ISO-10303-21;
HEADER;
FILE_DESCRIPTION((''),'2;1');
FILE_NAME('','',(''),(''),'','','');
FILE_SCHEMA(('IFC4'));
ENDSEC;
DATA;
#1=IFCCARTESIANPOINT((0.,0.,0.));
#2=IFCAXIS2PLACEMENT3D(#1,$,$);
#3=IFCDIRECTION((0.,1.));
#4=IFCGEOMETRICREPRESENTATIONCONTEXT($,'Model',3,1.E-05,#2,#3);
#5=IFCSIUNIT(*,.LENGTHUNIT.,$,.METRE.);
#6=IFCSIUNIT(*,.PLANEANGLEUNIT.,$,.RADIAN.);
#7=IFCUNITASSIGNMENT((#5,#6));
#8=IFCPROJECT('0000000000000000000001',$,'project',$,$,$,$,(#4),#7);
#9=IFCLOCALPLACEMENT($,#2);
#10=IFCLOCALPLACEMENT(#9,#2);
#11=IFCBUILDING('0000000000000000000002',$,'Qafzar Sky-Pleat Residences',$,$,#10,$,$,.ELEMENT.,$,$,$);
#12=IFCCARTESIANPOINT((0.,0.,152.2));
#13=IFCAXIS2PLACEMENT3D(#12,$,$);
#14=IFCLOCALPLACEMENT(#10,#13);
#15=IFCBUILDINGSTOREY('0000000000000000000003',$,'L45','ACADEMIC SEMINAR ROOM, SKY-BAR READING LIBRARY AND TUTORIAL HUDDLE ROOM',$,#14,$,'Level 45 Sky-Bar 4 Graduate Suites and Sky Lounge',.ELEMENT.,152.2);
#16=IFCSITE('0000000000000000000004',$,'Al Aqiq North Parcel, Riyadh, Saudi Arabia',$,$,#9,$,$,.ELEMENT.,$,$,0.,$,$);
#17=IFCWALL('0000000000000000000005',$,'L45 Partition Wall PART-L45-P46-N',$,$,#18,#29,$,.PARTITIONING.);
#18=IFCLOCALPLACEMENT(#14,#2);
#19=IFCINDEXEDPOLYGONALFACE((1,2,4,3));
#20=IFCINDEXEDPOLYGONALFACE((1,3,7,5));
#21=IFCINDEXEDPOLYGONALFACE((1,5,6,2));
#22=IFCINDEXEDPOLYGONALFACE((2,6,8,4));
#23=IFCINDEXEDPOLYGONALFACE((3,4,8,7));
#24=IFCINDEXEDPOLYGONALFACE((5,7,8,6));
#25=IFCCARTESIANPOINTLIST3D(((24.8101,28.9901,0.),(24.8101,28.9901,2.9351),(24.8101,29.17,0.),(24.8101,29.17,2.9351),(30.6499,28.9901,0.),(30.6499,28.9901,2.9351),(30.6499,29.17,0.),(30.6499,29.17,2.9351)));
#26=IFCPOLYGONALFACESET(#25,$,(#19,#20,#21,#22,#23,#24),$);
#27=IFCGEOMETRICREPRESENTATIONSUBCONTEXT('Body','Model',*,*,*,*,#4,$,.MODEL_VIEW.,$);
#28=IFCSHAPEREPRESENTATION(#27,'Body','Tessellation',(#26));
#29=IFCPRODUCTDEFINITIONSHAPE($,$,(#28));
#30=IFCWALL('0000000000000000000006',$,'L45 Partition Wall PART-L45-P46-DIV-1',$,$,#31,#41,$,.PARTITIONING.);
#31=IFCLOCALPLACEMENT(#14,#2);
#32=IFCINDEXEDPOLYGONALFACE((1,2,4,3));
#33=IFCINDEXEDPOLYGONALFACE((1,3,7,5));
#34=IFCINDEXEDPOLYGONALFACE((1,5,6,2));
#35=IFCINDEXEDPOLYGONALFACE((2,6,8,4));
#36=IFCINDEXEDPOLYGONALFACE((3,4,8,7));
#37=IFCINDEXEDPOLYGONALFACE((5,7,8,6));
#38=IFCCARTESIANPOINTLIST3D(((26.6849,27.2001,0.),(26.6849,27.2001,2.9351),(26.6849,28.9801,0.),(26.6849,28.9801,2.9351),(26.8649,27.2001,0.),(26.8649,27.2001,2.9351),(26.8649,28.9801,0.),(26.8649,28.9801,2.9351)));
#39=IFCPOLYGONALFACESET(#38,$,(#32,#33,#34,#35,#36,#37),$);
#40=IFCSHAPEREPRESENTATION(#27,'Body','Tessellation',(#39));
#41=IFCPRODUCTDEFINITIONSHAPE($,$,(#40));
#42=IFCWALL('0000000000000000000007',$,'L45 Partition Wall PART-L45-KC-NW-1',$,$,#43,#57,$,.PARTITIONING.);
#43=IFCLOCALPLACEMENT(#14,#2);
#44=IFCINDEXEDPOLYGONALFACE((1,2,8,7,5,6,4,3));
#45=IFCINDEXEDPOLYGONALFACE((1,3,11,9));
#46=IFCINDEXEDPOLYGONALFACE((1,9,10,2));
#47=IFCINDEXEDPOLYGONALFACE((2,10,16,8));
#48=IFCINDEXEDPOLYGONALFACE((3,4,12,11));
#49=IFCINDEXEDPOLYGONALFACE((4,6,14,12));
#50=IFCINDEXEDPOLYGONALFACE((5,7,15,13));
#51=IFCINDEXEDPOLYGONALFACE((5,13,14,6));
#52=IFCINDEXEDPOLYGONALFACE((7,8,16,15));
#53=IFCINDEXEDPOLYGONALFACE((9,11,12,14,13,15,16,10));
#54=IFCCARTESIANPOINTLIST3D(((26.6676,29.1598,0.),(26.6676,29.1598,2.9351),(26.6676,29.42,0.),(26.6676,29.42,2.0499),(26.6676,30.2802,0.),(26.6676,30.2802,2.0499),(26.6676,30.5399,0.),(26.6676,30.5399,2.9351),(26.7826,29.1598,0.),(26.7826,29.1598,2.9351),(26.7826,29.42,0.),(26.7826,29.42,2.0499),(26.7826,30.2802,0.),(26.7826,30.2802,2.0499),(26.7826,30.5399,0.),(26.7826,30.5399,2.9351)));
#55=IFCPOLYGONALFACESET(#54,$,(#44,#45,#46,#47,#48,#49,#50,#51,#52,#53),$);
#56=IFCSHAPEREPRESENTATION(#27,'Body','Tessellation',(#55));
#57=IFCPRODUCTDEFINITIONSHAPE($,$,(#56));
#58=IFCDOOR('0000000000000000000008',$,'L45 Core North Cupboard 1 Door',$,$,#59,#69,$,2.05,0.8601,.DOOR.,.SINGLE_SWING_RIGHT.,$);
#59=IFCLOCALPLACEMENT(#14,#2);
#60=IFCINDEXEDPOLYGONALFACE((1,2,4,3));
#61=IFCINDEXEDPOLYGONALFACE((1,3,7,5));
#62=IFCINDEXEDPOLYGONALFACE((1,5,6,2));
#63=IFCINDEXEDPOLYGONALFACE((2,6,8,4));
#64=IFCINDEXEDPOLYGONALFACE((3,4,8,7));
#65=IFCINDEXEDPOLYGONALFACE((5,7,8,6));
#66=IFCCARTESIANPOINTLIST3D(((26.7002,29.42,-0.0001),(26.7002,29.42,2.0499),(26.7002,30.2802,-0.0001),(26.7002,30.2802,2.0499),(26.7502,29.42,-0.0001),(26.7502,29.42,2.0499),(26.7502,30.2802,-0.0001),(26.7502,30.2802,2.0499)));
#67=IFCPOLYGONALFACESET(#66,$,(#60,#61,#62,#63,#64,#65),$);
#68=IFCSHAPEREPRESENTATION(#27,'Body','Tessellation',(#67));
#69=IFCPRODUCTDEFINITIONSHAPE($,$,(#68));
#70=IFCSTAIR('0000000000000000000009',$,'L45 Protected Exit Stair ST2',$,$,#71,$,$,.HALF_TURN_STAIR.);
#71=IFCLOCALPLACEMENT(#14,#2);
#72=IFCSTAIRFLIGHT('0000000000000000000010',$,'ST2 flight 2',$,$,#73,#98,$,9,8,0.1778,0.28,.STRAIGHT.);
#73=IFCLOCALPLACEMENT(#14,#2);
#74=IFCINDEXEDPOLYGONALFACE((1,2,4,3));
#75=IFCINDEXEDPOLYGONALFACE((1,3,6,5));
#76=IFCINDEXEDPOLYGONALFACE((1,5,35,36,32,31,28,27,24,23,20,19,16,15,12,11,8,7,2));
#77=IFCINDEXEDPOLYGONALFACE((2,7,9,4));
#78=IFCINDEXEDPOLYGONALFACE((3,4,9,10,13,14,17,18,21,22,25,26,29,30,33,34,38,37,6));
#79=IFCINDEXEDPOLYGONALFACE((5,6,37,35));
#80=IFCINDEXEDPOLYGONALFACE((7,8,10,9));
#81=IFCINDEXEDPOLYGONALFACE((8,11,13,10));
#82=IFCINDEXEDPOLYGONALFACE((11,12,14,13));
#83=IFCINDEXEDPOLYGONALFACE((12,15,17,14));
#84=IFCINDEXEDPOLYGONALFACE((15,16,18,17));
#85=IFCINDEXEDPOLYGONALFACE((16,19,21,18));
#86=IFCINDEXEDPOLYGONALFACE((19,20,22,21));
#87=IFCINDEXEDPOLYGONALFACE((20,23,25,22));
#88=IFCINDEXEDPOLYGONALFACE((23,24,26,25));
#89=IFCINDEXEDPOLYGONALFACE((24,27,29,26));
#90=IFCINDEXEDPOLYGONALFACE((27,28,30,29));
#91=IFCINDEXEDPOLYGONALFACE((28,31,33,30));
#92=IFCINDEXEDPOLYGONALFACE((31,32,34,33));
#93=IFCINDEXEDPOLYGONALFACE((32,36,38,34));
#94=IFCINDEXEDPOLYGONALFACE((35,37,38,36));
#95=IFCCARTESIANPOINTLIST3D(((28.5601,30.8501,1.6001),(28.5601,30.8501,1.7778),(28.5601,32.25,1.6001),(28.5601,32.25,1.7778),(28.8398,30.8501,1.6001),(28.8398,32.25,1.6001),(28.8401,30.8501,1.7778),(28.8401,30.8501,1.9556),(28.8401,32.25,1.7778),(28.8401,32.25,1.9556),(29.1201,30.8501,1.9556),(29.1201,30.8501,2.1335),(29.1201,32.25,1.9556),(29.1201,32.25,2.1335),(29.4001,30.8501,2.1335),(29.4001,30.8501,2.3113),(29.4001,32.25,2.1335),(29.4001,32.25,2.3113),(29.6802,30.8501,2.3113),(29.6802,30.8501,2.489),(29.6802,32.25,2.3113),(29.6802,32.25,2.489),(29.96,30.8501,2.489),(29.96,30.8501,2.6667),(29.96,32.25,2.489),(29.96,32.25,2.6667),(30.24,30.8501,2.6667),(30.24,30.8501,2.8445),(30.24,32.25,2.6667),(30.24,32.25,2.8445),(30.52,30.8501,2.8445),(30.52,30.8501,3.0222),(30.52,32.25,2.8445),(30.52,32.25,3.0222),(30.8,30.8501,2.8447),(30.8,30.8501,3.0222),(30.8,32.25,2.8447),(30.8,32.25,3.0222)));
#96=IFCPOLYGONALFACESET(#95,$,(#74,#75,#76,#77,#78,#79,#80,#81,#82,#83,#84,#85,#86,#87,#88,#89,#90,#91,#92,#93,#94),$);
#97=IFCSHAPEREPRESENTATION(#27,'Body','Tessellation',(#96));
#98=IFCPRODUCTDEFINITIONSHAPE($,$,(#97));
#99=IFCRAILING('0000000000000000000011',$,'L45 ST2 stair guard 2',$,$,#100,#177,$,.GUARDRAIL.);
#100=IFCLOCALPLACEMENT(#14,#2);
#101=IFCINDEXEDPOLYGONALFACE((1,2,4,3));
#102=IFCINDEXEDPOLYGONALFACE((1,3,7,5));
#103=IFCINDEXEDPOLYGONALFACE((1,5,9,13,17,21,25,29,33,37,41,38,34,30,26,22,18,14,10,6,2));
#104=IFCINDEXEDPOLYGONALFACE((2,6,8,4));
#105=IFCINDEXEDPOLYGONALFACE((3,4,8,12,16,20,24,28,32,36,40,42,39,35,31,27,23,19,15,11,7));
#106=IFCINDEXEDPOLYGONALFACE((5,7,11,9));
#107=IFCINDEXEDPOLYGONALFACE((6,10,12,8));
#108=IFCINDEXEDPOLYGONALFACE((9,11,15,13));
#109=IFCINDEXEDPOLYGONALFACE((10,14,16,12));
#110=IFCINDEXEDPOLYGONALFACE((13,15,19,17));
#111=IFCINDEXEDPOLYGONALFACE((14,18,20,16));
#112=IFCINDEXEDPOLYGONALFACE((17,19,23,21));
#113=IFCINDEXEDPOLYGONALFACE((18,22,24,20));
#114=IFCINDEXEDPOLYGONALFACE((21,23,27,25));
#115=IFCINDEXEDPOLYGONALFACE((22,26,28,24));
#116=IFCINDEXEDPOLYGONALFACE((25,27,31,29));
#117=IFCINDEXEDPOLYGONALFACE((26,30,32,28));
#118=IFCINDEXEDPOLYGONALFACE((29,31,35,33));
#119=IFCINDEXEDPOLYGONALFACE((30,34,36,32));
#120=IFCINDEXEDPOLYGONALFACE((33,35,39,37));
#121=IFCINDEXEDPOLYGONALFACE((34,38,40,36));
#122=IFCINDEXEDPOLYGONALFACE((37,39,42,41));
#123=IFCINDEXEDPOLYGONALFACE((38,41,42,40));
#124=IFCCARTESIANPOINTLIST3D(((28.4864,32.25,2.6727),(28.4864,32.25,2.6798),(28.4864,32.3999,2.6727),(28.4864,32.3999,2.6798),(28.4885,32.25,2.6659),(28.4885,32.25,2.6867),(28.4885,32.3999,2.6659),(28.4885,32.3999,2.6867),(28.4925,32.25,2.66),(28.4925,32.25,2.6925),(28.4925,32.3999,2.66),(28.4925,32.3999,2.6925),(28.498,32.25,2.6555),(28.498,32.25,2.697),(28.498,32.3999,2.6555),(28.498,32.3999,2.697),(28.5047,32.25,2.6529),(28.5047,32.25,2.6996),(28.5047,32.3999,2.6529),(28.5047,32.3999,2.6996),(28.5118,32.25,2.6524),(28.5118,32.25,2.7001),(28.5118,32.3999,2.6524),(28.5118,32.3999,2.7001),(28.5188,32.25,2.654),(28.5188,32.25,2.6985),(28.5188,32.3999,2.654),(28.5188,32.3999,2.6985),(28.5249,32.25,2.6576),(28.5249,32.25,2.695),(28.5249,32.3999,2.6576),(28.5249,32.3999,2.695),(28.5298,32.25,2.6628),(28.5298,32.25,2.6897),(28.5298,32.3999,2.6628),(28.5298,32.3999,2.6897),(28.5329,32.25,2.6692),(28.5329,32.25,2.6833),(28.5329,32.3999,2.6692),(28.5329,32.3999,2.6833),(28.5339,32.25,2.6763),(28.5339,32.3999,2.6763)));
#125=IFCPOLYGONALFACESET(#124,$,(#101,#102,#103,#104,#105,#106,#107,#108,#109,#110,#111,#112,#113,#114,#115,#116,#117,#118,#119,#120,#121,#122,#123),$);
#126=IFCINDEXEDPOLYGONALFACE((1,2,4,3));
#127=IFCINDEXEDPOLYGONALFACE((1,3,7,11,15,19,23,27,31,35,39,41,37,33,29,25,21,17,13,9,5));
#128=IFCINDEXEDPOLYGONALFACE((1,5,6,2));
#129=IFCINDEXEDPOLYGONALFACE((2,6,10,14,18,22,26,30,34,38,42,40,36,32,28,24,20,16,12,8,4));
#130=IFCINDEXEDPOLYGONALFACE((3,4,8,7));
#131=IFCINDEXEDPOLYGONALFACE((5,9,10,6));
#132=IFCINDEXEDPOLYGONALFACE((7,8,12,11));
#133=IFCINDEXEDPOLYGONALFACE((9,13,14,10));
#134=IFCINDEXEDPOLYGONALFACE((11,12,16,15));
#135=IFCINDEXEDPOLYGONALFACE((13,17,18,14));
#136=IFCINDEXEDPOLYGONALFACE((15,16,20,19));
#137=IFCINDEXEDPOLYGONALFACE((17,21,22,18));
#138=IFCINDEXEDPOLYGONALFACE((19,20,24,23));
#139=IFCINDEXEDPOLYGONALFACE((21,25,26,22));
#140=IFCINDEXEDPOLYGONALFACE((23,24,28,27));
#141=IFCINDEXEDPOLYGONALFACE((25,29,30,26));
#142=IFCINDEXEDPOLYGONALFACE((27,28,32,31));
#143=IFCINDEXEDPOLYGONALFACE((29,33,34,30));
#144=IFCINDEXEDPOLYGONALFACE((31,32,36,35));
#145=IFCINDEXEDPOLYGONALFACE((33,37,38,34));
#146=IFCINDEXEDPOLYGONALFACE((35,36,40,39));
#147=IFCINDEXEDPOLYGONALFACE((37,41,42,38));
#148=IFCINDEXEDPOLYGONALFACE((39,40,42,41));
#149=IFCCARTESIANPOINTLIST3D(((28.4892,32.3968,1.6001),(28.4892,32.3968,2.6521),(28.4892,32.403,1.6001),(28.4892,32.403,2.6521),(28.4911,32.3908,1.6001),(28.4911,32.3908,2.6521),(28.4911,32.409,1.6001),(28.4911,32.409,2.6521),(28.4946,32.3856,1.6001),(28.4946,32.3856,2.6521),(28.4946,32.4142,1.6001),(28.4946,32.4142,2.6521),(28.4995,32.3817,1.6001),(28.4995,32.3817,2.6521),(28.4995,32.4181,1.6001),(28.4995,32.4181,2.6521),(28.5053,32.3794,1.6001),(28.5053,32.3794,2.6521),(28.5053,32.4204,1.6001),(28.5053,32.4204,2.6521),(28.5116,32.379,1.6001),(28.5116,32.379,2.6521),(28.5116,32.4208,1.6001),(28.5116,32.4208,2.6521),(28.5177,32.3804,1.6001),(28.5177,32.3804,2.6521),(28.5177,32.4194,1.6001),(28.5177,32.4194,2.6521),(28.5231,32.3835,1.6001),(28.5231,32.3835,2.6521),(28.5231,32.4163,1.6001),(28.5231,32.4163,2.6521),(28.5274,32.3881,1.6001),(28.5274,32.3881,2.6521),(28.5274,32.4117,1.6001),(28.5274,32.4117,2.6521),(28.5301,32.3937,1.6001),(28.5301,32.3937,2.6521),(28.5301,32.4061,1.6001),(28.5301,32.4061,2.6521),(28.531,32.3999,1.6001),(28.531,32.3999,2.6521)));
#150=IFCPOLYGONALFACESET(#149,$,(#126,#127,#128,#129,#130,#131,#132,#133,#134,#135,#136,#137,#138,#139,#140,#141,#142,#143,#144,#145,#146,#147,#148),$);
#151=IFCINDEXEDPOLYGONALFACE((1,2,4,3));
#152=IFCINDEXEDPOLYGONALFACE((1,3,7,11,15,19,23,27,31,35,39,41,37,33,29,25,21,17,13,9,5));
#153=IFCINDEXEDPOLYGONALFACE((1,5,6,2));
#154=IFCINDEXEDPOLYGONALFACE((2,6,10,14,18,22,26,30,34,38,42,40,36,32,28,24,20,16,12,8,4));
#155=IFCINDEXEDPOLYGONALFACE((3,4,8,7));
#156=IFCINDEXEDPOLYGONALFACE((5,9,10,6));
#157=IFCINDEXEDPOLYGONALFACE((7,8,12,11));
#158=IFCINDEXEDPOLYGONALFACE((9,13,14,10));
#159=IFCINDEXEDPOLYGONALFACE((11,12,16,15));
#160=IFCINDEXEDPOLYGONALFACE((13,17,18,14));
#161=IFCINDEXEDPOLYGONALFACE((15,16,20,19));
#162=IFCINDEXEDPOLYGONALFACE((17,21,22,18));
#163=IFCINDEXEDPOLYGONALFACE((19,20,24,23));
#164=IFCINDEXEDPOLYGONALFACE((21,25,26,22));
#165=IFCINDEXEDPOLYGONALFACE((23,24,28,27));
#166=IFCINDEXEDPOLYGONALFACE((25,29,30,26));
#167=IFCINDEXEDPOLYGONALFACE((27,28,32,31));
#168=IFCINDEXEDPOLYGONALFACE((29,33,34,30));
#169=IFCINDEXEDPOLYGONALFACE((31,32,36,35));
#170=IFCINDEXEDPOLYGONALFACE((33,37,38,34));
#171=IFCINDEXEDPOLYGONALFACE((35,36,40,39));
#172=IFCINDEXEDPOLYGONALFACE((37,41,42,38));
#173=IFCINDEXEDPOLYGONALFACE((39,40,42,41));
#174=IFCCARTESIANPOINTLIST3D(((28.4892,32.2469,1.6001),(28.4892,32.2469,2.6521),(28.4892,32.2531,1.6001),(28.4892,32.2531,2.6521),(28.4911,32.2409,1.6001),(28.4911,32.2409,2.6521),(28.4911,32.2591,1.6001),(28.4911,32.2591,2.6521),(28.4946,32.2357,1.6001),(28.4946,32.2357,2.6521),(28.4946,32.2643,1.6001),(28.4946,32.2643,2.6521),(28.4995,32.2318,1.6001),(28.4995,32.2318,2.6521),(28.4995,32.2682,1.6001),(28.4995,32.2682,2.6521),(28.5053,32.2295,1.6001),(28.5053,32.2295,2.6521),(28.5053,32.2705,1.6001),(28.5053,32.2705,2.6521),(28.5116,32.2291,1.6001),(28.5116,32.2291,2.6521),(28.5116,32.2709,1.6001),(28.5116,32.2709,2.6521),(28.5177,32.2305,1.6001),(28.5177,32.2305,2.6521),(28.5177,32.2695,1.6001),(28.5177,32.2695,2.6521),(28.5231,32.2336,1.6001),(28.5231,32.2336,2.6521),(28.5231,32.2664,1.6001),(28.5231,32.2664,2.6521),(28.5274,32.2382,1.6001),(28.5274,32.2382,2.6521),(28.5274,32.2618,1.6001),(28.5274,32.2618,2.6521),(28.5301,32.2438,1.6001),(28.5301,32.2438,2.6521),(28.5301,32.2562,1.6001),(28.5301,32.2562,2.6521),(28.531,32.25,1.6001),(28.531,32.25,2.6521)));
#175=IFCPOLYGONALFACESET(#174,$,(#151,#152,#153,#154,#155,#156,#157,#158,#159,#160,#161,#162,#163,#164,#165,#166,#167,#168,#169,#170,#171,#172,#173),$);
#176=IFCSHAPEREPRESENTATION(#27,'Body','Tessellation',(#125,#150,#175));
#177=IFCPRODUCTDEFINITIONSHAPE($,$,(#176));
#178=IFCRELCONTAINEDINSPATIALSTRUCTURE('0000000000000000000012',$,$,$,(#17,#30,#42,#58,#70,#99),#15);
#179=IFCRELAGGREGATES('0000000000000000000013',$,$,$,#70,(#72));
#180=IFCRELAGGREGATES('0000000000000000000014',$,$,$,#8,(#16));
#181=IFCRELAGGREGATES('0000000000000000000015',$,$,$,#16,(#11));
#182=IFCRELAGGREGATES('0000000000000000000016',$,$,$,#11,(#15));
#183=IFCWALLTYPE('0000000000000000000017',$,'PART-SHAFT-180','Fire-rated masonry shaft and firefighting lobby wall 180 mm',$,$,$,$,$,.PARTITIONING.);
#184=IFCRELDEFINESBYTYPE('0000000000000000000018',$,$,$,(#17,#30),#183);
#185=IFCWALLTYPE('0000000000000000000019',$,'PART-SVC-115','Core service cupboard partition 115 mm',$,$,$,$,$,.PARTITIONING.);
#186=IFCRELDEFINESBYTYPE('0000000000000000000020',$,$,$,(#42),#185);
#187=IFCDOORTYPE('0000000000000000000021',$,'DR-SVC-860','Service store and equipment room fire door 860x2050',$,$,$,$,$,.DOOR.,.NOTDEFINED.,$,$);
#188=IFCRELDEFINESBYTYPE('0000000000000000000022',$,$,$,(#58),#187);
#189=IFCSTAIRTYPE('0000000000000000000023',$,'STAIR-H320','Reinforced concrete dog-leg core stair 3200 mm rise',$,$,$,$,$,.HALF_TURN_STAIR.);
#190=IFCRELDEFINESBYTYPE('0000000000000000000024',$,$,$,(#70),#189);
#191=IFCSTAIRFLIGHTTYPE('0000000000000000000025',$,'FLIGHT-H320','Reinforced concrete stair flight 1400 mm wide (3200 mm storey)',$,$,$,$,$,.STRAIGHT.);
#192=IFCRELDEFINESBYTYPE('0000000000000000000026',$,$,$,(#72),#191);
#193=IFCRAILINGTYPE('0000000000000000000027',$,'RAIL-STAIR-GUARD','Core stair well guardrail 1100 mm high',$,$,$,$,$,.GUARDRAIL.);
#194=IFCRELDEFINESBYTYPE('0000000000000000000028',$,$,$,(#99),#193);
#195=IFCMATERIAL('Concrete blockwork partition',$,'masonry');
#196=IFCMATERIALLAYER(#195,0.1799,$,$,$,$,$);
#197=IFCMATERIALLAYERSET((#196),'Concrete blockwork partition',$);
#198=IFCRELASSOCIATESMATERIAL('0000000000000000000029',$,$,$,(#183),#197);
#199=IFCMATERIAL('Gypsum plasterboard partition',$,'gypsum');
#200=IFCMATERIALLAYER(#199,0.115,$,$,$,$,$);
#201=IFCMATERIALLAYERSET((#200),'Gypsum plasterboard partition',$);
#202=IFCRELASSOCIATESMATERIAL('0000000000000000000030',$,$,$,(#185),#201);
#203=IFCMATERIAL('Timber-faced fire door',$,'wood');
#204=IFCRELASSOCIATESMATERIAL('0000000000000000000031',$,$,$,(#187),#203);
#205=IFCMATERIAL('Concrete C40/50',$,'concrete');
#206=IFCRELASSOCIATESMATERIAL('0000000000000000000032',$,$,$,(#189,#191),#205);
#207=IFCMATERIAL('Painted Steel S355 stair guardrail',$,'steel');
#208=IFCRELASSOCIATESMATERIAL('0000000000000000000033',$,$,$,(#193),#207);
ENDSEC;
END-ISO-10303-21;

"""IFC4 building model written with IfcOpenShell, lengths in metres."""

from ifc_helpers import new_model, si_unit, direction, frame, frame_2d, origin, origin_2d, place, context, subcontext, project, spatial, polyline, rectangle, circle, outline, extrude, source, transform, mapped, material, layer, layer_set, type_object, element, fill, aggregate, save


model = new_model("IFC4")

# Units and contexts
model_context = context("Model", 3, precision=1e-05, world=origin(), true_north=direction((0.0, 1.0)))
body_context = subcontext(model_context, "Body", "Model", "MODEL_VIEW")
ifc_project = project(units=[si_unit("LENGTHUNIT", "METRE"), si_unit("PLANEANGLEUNIT", "RADIAN")], contexts=[model_context])

# Site, building, storey
site_placement = place(None, origin())
site = spatial("IfcSite", under=ifc_project, at=site_placement, Name="Al Aqiq North Parcel, Riyadh, Saudi Arabia", CompositionType="ELEMENT", RefElevation=0.0)
building_placement = place(site_placement, origin())
building = spatial("IfcBuilding", under=site, at=building_placement, Name="Qafzar Sky-Pleat Residences", CompositionType="ELEMENT")
storey_placement = place(building_placement, frame((0.0, 0.0, 152.2)))
storey = spatial("IfcBuildingStorey", under=building, at=storey_placement, Name="L45", Description="ACADEMIC SEMINAR ROOM, SKY-BAR READING LIBRARY AND TUTORIAL HUDDLE ROOM", LongName="Level 45 Sky-Bar 4 Graduate Suites and Sky Lounge", CompositionType="ELEMENT", Elevation=152.2)

# Wall
ifc_material_1 = material(Name="Concrete blockwork partition", Category="masonry")
ifc_layer_1 = layer(ifc_material_1, 0.1799)
ifc_layer_set_1 = layer_set([ifc_layer_1], Name="Concrete blockwork partition")
wall_type_1 = type_object("IfcWallType", Name="PART-SHAFT-180", Description="Fire-rated masonry shaft and firefighting lobby wall 180 mm", PredefinedType="PARTITIONING", material=ifc_layer_set_1)
wall_1_placement = place(storey_placement, frame((24.8101, 29.0801, 0.0), z_axis=(0.0, 0.0, 1.0), x_axis=(1.0, 0.0, 0.0)))
element("IfcWall", 1, at=wall_1_placement, inside=storey, type_object=wall_type_1, Name="L45 Partition Wall PART-L45-P46-N", PredefinedType="PARTITIONING", context=body_context, shape_type="SweptSolid", body=[
    extrude(rectangle(XDim=5.8398, YDim=0.1799, at=frame_2d((2.9199, 0.0))), origin(), (0.0, 0.0, 1.0), 2.9351),
])

# Wall
wall_2_placement = place(storey_placement, frame((26.7749, 27.2, 0.0), z_axis=(0.0, 0.0, 1.0), x_axis=(0.0, 1.0, 0.0)))
element("IfcWall", 2, at=wall_2_placement, inside=storey, type_object=wall_type_1, Name="L45 Partition Wall PART-L45-P46-DIV-1", PredefinedType="PARTITIONING", context=body_context, shape_type="SweptSolid", body=[
    extrude(rectangle(XDim=1.78, YDim=0.1799, at=frame_2d((0.8901, 0.0))), origin(), (0.0, 0.0, 1.0), 2.9351),
])

# Wall, opening, door
ifc_material_2 = material(Name="Gypsum plasterboard partition", Category="gypsum")
ifc_layer_2 = layer(ifc_material_2, 0.115)
ifc_layer_set_2 = layer_set([ifc_layer_2], Name="Gypsum plasterboard partition")
wall_type_2 = type_object("IfcWallType", Name="PART-SVC-115", Description="Core service cupboard partition 115 mm", PredefinedType="PARTITIONING", material=ifc_layer_set_2)
wall_3_placement = place(storey_placement, frame((26.7251, 29.1599, 0.0), z_axis=(0.0, 0.0, 1.0), x_axis=(0.0, 1.0, 0.0)))
wall_3 = element("IfcWall", 3, at=wall_3_placement, inside=storey, type_object=wall_type_2, Name="L45 Partition Wall PART-L45-KC-NW-1", PredefinedType="PARTITIONING", context=body_context, shape_type="SweptSolid", body=[
    extrude(rectangle(XDim=1.3801, YDim=0.115, at=frame_2d((0.6899, 0.0))), origin(), (0.0, 0.0, 1.0), 2.9351),
])
opening_1_placement = place(wall_3_placement, frame((0.26, 0.0, 0.0)))
opening_1 = element("IfcOpeningElement", 4, at=opening_1_placement, cuts=wall_3, PredefinedType="OPENING", context=body_context, shape_type="SweptSolid", body=[
    extrude(rectangle(XDim=0.8601, YDim=2.05, at=frame_2d((0.4302, 1.0249))), frame((0.0, 0.0674, 0.0), z_axis=(0.0, -1.0, 0.0), x_axis=(1.0, 0.0, 0.0)), (0.0, 0.0, 1.0), 0.135),
])
ifc_material_3 = material(Name="Timber-faced fire door", Category="wood")
door_type_1 = type_object("IfcDoorType", Name="DR-SVC-860", Description="Service store and equipment room fire door 860x2050", OperationType="NOTDEFINED", PredefinedType="DOOR", material=ifc_material_3)
shared_shape_1 = source(origin(), body_context, "Body", "SweptSolid", [
    extrude(rectangle(XDim=0.8601, YDim=2.05, at=frame_2d((0.4302, 1.0249))), frame((0.0, 0.0249, 0.0), z_axis=(0.0, -1.0, 0.0), x_axis=(1.0, 0.0, 0.0)), (0.0, 0.0, 1.0), 0.05),
])
door_1_placement = place(opening_1_placement, origin())
door_1 = element("IfcDoor", 5, at=door_1_placement, inside=storey, type_object=door_type_1, Name="L45 Core North Cupboard 1 Door", OperationType="SINGLE_SWING_RIGHT", OverallHeight=2.05, OverallWidth=0.8601, PredefinedType="DOOR", context=body_context, shape_type="MappedRepresentation", body=[
    mapped(shared_shape_1, transform((0.0, 0.0, 0.0), x_axis=(1.0, 0.0, 0.0), y_axis=(0.0, 1.0, 0.0), z_axis=(0.0, 0.0, 1.0), scale=1.0)),
])
fill(opening_1, door_1)

# Stair, stair flight
ifc_material_4 = material(Name="Concrete C40/50", Category="concrete")
stair_type = type_object("IfcStairType", Name="STAIR-H320", Description="Reinforced concrete dog-leg core stair 3200 mm rise", PredefinedType="HALF_TURN_STAIR", material=ifc_material_4)
stair_placement = place(storey_placement, origin())
stair = element("IfcStair", 6, at=stair_placement, inside=storey, type_object=stair_type, Name="L45 Protected Exit Stair ST2", PredefinedType="HALF_TURN_STAIR")
stair_flight_type = type_object("IfcStairFlightType", Name="FLIGHT-H320", Description="Reinforced concrete stair flight 1400 mm wide (3200 mm storey)", PredefinedType="STRAIGHT", material=ifc_material_4)
shared_shape_2 = source(origin(), body_context, "Body", "SweptSolid", [
    extrude(outline(polyline([(0.0, 0.0), (0.0, 0.1777), (0.28, 0.1777), (0.28, 0.3555), (0.5601, 0.3555), (0.5601, 0.5334), (0.8401, 0.5334), (0.8401, 0.7112), (1.1201, 0.7112), (1.1201, 0.8889), (1.3999, 0.8889), (1.3999, 1.0667), (1.6799, 1.0667), (1.6799, 1.2444), (1.96, 1.2444), (1.96, 1.4221), (2.24, 1.4221), (2.24, 1.6001), (2.24, 1.2446), (0.2798, 0.0), (0.0, 0.0)])), frame((0.0, 0.7, 0.0), z_axis=(0.0, -1.0, 0.0), x_axis=(1.0, 0.0, 0.0)), (0.0, 0.0, 1.0), 1.3999),
])
stair_flight_placement = place(storey_placement, frame((28.5601, 31.55, 1.6001), z_axis=(0.0, 0.0, 1.0), x_axis=(1.0, 0.0, 0.0)))
stair_flight = element("IfcStairFlight", 7, at=stair_flight_placement, type_object=stair_flight_type, Name="ST2 flight 2", NumberOfRisers=9, NumberOfTreads=8, PredefinedType="STRAIGHT", RiserHeight=0.1778, TreadLength=0.28, context=body_context, shape_type="MappedRepresentation", body=[
    mapped(shared_shape_2, transform((0.0, 0.0, 0.0), x_axis=(1.0, 0.0, 0.0), y_axis=(0.0, 1.0, 0.0), z_axis=(0.0, 0.0, 1.0), scale=1.0)),
])
aggregate(stair, [stair_flight])

# Railing
ifc_material_5 = material(Name="Painted Steel S355 stair guardrail", Category="steel")
railing_type_1 = type_object("IfcRailingType", Name="RAIL-STAIR-GUARD", Description="Core stair well guardrail 1100 mm high", PredefinedType="GUARDRAIL", material=ifc_material_5)
shared_shape_3 = source(origin(), body_context, "Body", "SweptSolid", [
    extrude(circle(Radius=0.0239, at=origin_2d()), frame((0.0, 0.0, 1.0762), z_axis=(0.0, -1.0, 0.0), x_axis=(1.0, 0.0, 0.0)), (0.0, 0.0, 1.0), 0.1499),
    extrude(circle(Radius=0.021, at=origin_2d()), origin(), (0.0, 0.0, 1.0), 1.052),
    extrude(circle(Radius=0.021, at=origin_2d()), frame((0.0, -0.1499, 0.0)), (0.0, 0.0, 1.0), 1.052),
])
railing_1_placement = place(storey_placement, frame((28.51, 32.3999, 1.6001)))
element("IfcRailing", 8, at=railing_1_placement, inside=storey, type_object=railing_type_1, Name="L45 ST2 stair guard 2", PredefinedType="GUARDRAIL", context=body_context, shape_type="MappedRepresentation", body=[
    mapped(shared_shape_3, transform((0.0, 0.0, 0.0), x_axis=(1.0, 0.0, 0.0), y_axis=(0.0, 1.0, 0.0), z_axis=(0.0, 0.0, 1.0), scale=1.0)),
])

save(model, "model.ifc")
